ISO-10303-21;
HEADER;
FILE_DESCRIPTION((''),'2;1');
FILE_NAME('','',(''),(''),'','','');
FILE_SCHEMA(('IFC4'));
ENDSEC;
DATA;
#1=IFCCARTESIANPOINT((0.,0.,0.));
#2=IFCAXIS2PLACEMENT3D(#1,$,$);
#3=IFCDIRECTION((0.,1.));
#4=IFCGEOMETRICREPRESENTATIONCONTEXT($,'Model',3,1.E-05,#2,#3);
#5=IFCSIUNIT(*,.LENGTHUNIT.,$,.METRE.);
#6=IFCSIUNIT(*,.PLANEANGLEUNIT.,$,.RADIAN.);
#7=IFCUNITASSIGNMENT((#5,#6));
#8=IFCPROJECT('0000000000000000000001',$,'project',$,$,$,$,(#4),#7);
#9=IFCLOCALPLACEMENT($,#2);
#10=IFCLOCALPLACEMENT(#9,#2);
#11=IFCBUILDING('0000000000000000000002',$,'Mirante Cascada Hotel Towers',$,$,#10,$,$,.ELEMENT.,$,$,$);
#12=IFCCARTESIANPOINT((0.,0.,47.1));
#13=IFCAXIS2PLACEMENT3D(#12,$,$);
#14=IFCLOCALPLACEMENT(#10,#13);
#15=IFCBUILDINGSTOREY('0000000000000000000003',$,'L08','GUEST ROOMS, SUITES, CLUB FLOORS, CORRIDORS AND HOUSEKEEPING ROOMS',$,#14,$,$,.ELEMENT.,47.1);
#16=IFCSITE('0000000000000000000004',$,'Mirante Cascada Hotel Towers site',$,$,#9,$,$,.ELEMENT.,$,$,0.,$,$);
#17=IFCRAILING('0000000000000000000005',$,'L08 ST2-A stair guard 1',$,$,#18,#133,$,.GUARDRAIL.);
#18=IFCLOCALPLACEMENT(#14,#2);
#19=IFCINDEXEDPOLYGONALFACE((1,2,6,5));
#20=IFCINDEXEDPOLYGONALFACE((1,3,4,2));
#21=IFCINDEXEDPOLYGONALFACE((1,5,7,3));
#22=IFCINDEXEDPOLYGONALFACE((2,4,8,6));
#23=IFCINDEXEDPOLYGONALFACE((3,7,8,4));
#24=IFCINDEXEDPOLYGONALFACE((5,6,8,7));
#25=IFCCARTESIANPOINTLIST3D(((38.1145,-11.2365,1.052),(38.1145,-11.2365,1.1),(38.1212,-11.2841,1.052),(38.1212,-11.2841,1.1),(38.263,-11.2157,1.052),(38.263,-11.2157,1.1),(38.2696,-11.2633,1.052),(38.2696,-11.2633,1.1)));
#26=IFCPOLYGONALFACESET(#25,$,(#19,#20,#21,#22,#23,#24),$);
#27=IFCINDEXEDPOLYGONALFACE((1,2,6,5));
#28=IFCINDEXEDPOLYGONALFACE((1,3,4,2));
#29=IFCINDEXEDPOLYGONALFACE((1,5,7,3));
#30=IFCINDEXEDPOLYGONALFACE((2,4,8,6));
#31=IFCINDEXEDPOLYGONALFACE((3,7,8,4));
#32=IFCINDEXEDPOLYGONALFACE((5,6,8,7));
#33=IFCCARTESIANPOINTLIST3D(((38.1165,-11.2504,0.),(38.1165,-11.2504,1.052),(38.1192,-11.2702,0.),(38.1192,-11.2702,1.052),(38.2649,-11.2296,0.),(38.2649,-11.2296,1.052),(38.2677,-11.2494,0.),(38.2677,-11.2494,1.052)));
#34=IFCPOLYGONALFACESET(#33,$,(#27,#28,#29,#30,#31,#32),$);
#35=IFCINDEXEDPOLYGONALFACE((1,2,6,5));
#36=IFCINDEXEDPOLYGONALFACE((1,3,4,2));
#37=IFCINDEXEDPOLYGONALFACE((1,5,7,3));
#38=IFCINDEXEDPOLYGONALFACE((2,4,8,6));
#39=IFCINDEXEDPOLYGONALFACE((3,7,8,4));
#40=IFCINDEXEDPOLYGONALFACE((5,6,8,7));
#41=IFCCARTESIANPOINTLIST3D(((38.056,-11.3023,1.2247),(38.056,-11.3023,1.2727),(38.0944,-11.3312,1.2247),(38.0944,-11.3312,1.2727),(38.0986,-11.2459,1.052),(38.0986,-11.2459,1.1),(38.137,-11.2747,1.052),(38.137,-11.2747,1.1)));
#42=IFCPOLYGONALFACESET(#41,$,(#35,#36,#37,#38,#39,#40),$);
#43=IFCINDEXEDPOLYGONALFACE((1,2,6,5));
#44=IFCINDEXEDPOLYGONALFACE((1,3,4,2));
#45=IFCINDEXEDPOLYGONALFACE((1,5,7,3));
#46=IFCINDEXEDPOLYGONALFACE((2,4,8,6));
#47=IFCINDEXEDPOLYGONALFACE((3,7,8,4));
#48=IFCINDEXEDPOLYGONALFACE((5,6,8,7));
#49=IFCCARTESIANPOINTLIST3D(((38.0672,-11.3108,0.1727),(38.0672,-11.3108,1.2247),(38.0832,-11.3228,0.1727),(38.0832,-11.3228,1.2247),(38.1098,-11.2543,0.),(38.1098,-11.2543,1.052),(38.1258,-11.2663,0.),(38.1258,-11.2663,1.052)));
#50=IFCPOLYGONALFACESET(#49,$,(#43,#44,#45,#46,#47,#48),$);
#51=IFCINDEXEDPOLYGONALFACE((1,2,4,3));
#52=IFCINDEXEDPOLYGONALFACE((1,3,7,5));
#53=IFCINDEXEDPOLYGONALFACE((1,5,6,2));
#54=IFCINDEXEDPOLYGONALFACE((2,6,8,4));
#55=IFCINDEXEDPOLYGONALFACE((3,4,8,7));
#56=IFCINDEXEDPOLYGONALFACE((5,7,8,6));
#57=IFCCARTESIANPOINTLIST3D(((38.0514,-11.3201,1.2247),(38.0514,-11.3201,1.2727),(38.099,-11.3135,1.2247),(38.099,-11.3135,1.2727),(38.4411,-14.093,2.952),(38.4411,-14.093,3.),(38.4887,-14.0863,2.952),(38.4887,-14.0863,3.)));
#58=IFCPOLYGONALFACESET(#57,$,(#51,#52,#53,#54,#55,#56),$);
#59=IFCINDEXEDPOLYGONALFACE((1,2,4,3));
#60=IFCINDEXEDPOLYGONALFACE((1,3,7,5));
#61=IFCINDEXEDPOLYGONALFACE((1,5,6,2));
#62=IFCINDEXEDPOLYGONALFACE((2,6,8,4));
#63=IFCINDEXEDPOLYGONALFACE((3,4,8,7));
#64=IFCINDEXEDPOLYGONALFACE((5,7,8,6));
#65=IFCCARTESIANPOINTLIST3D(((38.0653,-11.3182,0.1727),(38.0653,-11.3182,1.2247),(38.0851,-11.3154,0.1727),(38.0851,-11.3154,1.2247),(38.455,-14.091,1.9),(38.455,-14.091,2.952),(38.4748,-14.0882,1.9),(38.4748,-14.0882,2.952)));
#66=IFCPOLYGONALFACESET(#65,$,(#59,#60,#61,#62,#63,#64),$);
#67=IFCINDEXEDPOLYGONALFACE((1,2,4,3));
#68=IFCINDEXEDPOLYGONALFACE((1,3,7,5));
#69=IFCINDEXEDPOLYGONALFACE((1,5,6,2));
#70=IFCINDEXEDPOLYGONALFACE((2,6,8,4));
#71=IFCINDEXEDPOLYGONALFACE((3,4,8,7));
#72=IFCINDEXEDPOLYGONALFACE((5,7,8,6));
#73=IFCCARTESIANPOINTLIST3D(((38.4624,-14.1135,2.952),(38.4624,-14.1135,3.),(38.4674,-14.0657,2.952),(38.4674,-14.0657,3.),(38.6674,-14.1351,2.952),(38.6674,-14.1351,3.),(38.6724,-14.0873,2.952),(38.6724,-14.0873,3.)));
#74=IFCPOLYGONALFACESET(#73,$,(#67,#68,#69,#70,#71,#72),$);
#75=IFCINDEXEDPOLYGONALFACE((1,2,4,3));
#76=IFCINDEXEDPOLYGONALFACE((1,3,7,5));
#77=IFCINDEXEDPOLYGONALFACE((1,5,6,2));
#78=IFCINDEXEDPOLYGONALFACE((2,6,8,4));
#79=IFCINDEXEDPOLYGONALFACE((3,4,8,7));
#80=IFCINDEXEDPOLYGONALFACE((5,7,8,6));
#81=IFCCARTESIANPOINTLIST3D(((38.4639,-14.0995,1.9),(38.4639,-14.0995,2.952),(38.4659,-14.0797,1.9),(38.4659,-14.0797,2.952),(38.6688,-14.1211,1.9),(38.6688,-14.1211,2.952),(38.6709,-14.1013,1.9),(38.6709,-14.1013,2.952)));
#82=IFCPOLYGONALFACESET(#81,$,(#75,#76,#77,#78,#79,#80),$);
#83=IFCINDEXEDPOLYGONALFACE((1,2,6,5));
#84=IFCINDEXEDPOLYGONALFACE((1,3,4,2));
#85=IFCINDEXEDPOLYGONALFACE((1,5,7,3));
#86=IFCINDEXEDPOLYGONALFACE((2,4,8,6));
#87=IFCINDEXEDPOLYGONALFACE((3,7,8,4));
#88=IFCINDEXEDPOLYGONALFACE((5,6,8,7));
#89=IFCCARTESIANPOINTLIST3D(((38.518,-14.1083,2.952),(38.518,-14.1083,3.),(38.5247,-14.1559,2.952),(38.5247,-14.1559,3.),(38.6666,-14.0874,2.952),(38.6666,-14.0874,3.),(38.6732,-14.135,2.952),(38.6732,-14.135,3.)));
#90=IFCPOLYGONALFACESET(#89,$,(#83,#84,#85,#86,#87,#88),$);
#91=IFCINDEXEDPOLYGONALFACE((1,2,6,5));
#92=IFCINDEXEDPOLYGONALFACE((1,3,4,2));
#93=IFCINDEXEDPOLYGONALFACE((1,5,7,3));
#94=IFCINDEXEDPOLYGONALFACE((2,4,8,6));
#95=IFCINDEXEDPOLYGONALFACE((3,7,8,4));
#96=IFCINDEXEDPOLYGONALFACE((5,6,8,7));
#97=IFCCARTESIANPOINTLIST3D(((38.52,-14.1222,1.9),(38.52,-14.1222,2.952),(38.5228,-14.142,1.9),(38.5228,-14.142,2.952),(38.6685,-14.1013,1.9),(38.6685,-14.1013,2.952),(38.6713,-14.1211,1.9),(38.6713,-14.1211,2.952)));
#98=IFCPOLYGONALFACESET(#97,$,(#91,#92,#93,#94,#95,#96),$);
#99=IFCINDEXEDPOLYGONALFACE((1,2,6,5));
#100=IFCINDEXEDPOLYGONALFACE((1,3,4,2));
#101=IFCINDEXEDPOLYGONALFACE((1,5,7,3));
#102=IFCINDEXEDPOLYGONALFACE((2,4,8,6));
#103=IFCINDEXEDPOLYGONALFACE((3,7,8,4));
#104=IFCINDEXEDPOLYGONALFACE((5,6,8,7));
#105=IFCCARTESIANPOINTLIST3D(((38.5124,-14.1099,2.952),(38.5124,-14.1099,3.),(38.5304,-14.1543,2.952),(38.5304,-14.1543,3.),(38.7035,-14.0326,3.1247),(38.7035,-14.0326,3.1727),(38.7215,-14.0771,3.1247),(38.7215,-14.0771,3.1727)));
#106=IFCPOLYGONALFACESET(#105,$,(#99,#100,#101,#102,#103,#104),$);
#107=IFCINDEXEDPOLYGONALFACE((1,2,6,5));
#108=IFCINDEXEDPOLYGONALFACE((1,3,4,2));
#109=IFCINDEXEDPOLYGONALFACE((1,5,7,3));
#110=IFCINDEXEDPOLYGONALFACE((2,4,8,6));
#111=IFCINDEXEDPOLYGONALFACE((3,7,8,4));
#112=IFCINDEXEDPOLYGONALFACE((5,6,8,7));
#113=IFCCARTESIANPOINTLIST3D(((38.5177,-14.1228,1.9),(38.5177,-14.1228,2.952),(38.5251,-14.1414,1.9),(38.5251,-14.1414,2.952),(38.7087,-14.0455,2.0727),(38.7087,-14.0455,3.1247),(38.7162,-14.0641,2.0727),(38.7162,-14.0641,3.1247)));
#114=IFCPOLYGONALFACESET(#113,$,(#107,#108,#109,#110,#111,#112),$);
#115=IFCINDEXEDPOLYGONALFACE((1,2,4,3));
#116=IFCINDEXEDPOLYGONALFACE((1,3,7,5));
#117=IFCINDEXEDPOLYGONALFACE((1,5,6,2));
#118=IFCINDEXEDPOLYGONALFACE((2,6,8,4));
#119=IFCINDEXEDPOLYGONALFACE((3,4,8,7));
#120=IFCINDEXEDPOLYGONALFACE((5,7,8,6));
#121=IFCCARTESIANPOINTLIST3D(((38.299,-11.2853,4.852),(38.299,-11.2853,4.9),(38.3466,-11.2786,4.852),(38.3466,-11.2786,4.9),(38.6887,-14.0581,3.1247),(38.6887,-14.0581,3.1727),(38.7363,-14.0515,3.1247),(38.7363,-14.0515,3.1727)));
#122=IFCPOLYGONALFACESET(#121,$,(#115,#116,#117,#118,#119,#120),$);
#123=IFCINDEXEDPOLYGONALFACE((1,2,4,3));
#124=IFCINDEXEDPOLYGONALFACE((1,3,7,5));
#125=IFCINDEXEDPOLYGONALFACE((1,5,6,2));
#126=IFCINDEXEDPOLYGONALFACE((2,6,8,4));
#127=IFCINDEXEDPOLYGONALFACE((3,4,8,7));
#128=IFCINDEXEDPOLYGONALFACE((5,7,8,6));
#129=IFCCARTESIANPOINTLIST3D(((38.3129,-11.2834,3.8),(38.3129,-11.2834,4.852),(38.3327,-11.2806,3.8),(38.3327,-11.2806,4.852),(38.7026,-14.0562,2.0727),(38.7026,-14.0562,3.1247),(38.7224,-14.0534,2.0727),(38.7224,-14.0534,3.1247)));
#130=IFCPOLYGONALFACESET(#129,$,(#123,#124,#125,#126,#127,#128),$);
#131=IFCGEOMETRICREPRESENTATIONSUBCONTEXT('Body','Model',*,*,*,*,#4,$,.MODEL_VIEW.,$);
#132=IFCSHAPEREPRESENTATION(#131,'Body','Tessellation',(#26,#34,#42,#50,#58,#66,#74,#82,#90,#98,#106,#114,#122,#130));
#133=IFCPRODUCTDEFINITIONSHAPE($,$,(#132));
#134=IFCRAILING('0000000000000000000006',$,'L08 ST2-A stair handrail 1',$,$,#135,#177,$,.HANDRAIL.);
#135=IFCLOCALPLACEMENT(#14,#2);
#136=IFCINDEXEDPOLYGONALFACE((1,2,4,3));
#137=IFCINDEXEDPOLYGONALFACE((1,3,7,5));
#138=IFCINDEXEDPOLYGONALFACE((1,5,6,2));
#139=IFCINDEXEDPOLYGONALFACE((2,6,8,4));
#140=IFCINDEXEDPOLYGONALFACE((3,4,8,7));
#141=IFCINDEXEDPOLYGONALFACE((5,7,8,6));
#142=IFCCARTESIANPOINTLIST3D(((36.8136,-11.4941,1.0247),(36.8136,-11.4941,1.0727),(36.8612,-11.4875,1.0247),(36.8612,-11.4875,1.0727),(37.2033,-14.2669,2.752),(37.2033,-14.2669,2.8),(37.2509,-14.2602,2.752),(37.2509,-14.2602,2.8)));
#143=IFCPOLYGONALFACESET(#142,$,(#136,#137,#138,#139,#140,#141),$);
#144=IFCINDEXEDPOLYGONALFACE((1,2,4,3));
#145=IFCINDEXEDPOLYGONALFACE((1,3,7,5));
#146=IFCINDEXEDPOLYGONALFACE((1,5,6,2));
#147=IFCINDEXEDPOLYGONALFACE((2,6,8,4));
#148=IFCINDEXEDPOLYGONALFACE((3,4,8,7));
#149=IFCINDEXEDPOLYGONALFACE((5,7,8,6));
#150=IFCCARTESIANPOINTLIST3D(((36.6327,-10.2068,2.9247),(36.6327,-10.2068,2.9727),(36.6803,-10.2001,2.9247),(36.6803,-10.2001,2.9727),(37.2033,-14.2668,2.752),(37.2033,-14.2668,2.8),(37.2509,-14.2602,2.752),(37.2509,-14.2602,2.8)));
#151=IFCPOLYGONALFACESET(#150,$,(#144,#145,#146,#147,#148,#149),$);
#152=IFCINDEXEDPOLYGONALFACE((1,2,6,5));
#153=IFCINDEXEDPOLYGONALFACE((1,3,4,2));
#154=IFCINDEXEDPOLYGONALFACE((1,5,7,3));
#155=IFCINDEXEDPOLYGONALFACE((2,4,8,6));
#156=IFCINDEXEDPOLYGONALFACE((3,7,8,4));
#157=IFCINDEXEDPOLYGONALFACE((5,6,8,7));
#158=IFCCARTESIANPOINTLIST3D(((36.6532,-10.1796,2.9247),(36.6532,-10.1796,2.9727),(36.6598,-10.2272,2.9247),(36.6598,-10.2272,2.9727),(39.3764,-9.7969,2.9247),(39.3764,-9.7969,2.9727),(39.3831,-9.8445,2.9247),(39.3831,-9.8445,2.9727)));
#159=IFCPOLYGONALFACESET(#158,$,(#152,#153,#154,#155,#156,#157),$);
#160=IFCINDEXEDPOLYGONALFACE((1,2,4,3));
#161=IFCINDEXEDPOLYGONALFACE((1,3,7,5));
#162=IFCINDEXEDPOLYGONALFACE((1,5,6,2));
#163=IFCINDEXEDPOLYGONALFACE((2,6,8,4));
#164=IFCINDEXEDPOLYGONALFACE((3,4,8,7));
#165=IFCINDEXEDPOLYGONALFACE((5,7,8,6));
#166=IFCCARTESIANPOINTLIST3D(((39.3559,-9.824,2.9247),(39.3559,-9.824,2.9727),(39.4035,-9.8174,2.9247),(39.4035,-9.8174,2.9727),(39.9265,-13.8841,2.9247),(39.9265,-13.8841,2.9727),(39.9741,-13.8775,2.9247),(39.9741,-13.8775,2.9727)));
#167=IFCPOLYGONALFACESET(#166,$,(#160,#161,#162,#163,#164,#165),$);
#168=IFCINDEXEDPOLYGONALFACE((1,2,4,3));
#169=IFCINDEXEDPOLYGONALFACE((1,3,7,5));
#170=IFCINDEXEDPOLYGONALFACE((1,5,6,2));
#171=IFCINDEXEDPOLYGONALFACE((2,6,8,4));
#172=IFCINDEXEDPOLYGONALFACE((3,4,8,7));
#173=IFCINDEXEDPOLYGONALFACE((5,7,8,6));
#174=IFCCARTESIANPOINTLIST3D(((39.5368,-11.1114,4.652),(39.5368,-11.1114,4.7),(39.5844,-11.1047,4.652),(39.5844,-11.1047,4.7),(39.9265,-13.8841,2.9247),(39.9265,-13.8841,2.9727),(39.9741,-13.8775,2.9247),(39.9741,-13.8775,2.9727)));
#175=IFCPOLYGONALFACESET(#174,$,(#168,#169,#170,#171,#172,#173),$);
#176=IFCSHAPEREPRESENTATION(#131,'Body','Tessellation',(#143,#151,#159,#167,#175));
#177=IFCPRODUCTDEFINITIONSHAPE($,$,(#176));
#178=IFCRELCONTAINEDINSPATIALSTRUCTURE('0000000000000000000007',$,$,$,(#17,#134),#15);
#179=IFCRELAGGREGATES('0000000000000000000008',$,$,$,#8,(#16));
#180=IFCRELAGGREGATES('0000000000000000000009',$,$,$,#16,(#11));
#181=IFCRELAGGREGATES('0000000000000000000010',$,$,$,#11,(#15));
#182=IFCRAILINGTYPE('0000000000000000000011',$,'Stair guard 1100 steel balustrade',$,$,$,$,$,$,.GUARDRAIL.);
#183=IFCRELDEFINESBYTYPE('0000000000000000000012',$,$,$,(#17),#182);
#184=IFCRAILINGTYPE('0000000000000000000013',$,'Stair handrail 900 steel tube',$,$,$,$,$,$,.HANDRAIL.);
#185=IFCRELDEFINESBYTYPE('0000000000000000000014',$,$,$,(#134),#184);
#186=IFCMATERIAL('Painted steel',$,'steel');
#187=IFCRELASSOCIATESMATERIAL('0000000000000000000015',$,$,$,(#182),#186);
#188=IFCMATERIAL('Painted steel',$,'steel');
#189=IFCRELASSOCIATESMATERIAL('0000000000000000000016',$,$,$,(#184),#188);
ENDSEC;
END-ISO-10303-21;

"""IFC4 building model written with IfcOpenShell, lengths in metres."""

from ifc_helpers import new_model, si_unit, direction, frame, origin, origin_2d, place, context, subcontext, project, spatial, rectangle, extrude, material, type_object, element, save


model = new_model("IFC4")

# Units and contexts
model_context = context("Model", 3, precision=1e-05, world=origin(), true_north=direction((0.0, 1.0)))
body_context = subcontext(model_context, "Body", "Model", "MODEL_VIEW")
ifc_project = project(units=[si_unit("LENGTHUNIT", "METRE"), si_unit("PLANEANGLEUNIT", "RADIAN")], contexts=[model_context])

# Site, building, storey
site_placement = place(None, origin())
site = spatial("IfcSite", under=ifc_project, at=site_placement, Name="Mirante Cascada Hotel Towers site", CompositionType="ELEMENT", RefElevation=0.0)
building_placement = place(site_placement, origin())
building = spatial("IfcBuilding", under=site, at=building_placement, Name="Mirante Cascada Hotel Towers", CompositionType="ELEMENT")
storey_placement = place(building_placement, frame((0.0, 0.0, 47.1)))
storey = spatial("IfcBuildingStorey", under=building, at=storey_placement, Name="L08", Description="GUEST ROOMS, SUITES, CLUB FLOORS, CORRIDORS AND HOUSEKEEPING ROOMS", CompositionType="ELEMENT", Elevation=47.1)

# Railings
ifc_material_1 = material(Name="Painted steel", Category="steel")
railing_type_1 = type_object("IfcRailingType", Name="Stair guard 1100 steel balustrade", PredefinedType="GUARDRAIL", material=ifc_material_1)
railing_1_placement = place(storey_placement, frame((38.2663, -11.2395, 0.0)))
element("IfcRailing", 1, at=railing_1_placement, inside=storey, type_object=railing_type_1, Name="L08 ST2-A stair guard 1", PredefinedType="GUARDRAIL", context=body_context, shape_type="SweptSolid", body=[
    extrude(rectangle(XDim=0.048, YDim=0.048, at=origin_2d()), frame((0.0, 0.0, 1.076), z_axis=(-0.990333, -0.138713, 0.0), x_axis=(0.138713, -0.990333, 0.0)), (0.0, 0.0, 1.0), 0.1499),
    extrude(rectangle(XDim=0.02, YDim=1.052, at=origin_2d()), frame((0.0, 0.0, 0.526), z_axis=(-0.990333, -0.138713, 0.0), x_axis=(0.138713, -0.990333, 0.0)), (0.0, 0.0, 1.0), 0.1499),
    extrude(rectangle(XDim=0.048, YDim=0.048, at=origin_2d()), frame((-0.1485, -0.0208, 1.076), z_axis=(-0.602033, -0.798471, 0.0), x_axis=(0.798471, -0.602033, 0.0)), (0.0, 0.92534, 0.379139), 0.1866),
    extrude(rectangle(XDim=0.02, YDim=1.052, at=origin_2d()), frame((-0.1485, -0.0208, 0.526), z_axis=(-0.602033, -0.798471, 0.0), x_axis=(0.798471, -0.602033, 0.0)), (0.0, 0.92534, 0.379139), 0.1866),
    extrude(rectangle(XDim=0.048, YDim=0.048, at=origin_2d()), frame((-0.1911, -0.0773, 1.2487), z_axis=(0.139176, -0.990268, 0.0), x_axis=(0.990268, 0.139176, 0.0)), (0.0, 0.525021, 0.851089), 3.29),
    extrude(rectangle(XDim=0.02, YDim=1.052, at=origin_2d()), frame((-0.1911, -0.0773, 0.6987), z_axis=(0.139176, -0.990268, 0.0), x_axis=(0.990268, 0.139176, 0.0)), (0.0, 0.525021, 0.851089), 3.29),
    extrude(rectangle(XDim=0.048, YDim=0.048, at=origin_2d()), frame((0.1986, -2.8501, 2.976), z_axis=(0.994495, -0.104786, 0.0), x_axis=(0.104786, 0.994495, 0.0)), (0.0, 0.0, 1.0), 0.2061),
    extrude(rectangle(XDim=0.02, YDim=1.052, at=origin_2d()), frame((0.1986, -2.8501, 2.426), z_axis=(0.994495, -0.104786, 0.0), x_axis=(0.104786, 0.994495, 0.0)), (0.0, 0.0, 1.0), 0.2061),
    extrude(rectangle(XDim=0.048, YDim=0.048, at=origin_2d()), frame((0.4036, -2.8717, 2.976), z_axis=(-0.990241, -0.139367, 0.0), x_axis=(0.139367, -0.990241, 0.0)), (0.0, 0.0, 1.0), 0.15),
    extrude(rectangle(XDim=0.02, YDim=1.052, at=origin_2d()), frame((0.4036, -2.8717, 2.426), z_axis=(-0.990241, -0.139367, 0.0), x_axis=(0.139367, -0.990241, 0.0)), (0.0, 0.0, 1.0), 0.15),
    extrude(rectangle(XDim=0.048, YDim=0.048, at=origin_2d()), frame((0.2551, -2.8926, 2.976), z_axis=(0.927031, 0.374984, 0.0), x_axis=(-0.374984, 0.927031, 0.0)), (0.0, 0.64219, 0.766545), 0.2689),
    extrude(rectangle(XDim=0.02, YDim=1.052, at=origin_2d()), frame((0.2551, -2.8926, 2.426), z_axis=(0.927031, 0.374984, 0.0), x_axis=(-0.374984, 0.927031, 0.0)), (0.0, 0.64219, 0.766545), 0.2689),
    extrude(rectangle(XDim=0.048, YDim=0.048, at=origin_2d()), frame((0.4462, -2.8153, 3.1487), z_axis=(-0.139176, 0.990268, 0.0), x_axis=(-0.990268, -0.139176, 0.0)), (0.0, 0.525021, 0.851089), 3.29),
    extrude(rectangle(XDim=0.02, YDim=1.052, at=origin_2d()), frame((0.4462, -2.8153, 2.5987), z_axis=(-0.139176, 0.990268, 0.0), x_axis=(-0.990268, -0.139176, 0.0)), (0.0, 0.525021, 0.851089), 3.29),
])
ifc_material_2 = material(Name="Painted steel", Category="steel")
railing_type_2 = type_object("IfcRailingType", Name="Stair handrail 900 steel tube", PredefinedType="HANDRAIL", material=ifc_material_2)
railing_2_placement = place(storey_placement, frame((36.8374, -11.4908, 0.1727)))
element("IfcRailing", 2, at=railing_2_placement, inside=storey, type_object=railing_type_2, Name="L08 ST2-A stair handrail 1", PredefinedType="HANDRAIL", context=body_context, shape_type="SweptSolid", body=[
    extrude(rectangle(XDim=0.048, YDim=0.048, at=origin_2d()), frame((0.0, 0.0, 0.876), z_axis=(0.139181, -0.990267, 0.0), x_axis=(0.990267, 0.139181, 0.0)), (0.0, 0.525035, 0.851081), 3.2899),
    extrude(rectangle(XDim=0.048, YDim=0.048, at=origin_2d()), frame((0.3897, -2.7727, 2.6033), z_axis=(-0.139171, 0.990268, 0.0), x_axis=(-0.990268, -0.139171, 0.0)), (0.0, 0.042085, 0.999114), 4.1036),
    extrude(rectangle(XDim=0.048, YDim=0.048, at=origin_2d()), frame((-0.1809, 1.2874, 2.776), z_axis=(0.990269, 0.139166, 0.0), x_axis=(-0.139166, 0.990269, 0.0)), (0.0, 0.0, 1.0), 2.75),
    extrude(rectangle(XDim=0.048, YDim=0.048, at=origin_2d()), frame((2.5423, 1.6701, 2.776), z_axis=(0.139171, -0.990268, 0.0), x_axis=(0.990268, 0.139171, 0.0)), (0.0, 0.0, 1.0), 4.1),
    extrude(rectangle(XDim=0.048, YDim=0.048, at=origin_2d()), frame((3.1129, -2.39, 2.776), z_axis=(-0.139181, 0.990267, 0.0), x_axis=(-0.990267, -0.139181, 0.0)), (0.0, 0.525035, 0.851081), 3.2899),
])

save(model, "model.ifc")
